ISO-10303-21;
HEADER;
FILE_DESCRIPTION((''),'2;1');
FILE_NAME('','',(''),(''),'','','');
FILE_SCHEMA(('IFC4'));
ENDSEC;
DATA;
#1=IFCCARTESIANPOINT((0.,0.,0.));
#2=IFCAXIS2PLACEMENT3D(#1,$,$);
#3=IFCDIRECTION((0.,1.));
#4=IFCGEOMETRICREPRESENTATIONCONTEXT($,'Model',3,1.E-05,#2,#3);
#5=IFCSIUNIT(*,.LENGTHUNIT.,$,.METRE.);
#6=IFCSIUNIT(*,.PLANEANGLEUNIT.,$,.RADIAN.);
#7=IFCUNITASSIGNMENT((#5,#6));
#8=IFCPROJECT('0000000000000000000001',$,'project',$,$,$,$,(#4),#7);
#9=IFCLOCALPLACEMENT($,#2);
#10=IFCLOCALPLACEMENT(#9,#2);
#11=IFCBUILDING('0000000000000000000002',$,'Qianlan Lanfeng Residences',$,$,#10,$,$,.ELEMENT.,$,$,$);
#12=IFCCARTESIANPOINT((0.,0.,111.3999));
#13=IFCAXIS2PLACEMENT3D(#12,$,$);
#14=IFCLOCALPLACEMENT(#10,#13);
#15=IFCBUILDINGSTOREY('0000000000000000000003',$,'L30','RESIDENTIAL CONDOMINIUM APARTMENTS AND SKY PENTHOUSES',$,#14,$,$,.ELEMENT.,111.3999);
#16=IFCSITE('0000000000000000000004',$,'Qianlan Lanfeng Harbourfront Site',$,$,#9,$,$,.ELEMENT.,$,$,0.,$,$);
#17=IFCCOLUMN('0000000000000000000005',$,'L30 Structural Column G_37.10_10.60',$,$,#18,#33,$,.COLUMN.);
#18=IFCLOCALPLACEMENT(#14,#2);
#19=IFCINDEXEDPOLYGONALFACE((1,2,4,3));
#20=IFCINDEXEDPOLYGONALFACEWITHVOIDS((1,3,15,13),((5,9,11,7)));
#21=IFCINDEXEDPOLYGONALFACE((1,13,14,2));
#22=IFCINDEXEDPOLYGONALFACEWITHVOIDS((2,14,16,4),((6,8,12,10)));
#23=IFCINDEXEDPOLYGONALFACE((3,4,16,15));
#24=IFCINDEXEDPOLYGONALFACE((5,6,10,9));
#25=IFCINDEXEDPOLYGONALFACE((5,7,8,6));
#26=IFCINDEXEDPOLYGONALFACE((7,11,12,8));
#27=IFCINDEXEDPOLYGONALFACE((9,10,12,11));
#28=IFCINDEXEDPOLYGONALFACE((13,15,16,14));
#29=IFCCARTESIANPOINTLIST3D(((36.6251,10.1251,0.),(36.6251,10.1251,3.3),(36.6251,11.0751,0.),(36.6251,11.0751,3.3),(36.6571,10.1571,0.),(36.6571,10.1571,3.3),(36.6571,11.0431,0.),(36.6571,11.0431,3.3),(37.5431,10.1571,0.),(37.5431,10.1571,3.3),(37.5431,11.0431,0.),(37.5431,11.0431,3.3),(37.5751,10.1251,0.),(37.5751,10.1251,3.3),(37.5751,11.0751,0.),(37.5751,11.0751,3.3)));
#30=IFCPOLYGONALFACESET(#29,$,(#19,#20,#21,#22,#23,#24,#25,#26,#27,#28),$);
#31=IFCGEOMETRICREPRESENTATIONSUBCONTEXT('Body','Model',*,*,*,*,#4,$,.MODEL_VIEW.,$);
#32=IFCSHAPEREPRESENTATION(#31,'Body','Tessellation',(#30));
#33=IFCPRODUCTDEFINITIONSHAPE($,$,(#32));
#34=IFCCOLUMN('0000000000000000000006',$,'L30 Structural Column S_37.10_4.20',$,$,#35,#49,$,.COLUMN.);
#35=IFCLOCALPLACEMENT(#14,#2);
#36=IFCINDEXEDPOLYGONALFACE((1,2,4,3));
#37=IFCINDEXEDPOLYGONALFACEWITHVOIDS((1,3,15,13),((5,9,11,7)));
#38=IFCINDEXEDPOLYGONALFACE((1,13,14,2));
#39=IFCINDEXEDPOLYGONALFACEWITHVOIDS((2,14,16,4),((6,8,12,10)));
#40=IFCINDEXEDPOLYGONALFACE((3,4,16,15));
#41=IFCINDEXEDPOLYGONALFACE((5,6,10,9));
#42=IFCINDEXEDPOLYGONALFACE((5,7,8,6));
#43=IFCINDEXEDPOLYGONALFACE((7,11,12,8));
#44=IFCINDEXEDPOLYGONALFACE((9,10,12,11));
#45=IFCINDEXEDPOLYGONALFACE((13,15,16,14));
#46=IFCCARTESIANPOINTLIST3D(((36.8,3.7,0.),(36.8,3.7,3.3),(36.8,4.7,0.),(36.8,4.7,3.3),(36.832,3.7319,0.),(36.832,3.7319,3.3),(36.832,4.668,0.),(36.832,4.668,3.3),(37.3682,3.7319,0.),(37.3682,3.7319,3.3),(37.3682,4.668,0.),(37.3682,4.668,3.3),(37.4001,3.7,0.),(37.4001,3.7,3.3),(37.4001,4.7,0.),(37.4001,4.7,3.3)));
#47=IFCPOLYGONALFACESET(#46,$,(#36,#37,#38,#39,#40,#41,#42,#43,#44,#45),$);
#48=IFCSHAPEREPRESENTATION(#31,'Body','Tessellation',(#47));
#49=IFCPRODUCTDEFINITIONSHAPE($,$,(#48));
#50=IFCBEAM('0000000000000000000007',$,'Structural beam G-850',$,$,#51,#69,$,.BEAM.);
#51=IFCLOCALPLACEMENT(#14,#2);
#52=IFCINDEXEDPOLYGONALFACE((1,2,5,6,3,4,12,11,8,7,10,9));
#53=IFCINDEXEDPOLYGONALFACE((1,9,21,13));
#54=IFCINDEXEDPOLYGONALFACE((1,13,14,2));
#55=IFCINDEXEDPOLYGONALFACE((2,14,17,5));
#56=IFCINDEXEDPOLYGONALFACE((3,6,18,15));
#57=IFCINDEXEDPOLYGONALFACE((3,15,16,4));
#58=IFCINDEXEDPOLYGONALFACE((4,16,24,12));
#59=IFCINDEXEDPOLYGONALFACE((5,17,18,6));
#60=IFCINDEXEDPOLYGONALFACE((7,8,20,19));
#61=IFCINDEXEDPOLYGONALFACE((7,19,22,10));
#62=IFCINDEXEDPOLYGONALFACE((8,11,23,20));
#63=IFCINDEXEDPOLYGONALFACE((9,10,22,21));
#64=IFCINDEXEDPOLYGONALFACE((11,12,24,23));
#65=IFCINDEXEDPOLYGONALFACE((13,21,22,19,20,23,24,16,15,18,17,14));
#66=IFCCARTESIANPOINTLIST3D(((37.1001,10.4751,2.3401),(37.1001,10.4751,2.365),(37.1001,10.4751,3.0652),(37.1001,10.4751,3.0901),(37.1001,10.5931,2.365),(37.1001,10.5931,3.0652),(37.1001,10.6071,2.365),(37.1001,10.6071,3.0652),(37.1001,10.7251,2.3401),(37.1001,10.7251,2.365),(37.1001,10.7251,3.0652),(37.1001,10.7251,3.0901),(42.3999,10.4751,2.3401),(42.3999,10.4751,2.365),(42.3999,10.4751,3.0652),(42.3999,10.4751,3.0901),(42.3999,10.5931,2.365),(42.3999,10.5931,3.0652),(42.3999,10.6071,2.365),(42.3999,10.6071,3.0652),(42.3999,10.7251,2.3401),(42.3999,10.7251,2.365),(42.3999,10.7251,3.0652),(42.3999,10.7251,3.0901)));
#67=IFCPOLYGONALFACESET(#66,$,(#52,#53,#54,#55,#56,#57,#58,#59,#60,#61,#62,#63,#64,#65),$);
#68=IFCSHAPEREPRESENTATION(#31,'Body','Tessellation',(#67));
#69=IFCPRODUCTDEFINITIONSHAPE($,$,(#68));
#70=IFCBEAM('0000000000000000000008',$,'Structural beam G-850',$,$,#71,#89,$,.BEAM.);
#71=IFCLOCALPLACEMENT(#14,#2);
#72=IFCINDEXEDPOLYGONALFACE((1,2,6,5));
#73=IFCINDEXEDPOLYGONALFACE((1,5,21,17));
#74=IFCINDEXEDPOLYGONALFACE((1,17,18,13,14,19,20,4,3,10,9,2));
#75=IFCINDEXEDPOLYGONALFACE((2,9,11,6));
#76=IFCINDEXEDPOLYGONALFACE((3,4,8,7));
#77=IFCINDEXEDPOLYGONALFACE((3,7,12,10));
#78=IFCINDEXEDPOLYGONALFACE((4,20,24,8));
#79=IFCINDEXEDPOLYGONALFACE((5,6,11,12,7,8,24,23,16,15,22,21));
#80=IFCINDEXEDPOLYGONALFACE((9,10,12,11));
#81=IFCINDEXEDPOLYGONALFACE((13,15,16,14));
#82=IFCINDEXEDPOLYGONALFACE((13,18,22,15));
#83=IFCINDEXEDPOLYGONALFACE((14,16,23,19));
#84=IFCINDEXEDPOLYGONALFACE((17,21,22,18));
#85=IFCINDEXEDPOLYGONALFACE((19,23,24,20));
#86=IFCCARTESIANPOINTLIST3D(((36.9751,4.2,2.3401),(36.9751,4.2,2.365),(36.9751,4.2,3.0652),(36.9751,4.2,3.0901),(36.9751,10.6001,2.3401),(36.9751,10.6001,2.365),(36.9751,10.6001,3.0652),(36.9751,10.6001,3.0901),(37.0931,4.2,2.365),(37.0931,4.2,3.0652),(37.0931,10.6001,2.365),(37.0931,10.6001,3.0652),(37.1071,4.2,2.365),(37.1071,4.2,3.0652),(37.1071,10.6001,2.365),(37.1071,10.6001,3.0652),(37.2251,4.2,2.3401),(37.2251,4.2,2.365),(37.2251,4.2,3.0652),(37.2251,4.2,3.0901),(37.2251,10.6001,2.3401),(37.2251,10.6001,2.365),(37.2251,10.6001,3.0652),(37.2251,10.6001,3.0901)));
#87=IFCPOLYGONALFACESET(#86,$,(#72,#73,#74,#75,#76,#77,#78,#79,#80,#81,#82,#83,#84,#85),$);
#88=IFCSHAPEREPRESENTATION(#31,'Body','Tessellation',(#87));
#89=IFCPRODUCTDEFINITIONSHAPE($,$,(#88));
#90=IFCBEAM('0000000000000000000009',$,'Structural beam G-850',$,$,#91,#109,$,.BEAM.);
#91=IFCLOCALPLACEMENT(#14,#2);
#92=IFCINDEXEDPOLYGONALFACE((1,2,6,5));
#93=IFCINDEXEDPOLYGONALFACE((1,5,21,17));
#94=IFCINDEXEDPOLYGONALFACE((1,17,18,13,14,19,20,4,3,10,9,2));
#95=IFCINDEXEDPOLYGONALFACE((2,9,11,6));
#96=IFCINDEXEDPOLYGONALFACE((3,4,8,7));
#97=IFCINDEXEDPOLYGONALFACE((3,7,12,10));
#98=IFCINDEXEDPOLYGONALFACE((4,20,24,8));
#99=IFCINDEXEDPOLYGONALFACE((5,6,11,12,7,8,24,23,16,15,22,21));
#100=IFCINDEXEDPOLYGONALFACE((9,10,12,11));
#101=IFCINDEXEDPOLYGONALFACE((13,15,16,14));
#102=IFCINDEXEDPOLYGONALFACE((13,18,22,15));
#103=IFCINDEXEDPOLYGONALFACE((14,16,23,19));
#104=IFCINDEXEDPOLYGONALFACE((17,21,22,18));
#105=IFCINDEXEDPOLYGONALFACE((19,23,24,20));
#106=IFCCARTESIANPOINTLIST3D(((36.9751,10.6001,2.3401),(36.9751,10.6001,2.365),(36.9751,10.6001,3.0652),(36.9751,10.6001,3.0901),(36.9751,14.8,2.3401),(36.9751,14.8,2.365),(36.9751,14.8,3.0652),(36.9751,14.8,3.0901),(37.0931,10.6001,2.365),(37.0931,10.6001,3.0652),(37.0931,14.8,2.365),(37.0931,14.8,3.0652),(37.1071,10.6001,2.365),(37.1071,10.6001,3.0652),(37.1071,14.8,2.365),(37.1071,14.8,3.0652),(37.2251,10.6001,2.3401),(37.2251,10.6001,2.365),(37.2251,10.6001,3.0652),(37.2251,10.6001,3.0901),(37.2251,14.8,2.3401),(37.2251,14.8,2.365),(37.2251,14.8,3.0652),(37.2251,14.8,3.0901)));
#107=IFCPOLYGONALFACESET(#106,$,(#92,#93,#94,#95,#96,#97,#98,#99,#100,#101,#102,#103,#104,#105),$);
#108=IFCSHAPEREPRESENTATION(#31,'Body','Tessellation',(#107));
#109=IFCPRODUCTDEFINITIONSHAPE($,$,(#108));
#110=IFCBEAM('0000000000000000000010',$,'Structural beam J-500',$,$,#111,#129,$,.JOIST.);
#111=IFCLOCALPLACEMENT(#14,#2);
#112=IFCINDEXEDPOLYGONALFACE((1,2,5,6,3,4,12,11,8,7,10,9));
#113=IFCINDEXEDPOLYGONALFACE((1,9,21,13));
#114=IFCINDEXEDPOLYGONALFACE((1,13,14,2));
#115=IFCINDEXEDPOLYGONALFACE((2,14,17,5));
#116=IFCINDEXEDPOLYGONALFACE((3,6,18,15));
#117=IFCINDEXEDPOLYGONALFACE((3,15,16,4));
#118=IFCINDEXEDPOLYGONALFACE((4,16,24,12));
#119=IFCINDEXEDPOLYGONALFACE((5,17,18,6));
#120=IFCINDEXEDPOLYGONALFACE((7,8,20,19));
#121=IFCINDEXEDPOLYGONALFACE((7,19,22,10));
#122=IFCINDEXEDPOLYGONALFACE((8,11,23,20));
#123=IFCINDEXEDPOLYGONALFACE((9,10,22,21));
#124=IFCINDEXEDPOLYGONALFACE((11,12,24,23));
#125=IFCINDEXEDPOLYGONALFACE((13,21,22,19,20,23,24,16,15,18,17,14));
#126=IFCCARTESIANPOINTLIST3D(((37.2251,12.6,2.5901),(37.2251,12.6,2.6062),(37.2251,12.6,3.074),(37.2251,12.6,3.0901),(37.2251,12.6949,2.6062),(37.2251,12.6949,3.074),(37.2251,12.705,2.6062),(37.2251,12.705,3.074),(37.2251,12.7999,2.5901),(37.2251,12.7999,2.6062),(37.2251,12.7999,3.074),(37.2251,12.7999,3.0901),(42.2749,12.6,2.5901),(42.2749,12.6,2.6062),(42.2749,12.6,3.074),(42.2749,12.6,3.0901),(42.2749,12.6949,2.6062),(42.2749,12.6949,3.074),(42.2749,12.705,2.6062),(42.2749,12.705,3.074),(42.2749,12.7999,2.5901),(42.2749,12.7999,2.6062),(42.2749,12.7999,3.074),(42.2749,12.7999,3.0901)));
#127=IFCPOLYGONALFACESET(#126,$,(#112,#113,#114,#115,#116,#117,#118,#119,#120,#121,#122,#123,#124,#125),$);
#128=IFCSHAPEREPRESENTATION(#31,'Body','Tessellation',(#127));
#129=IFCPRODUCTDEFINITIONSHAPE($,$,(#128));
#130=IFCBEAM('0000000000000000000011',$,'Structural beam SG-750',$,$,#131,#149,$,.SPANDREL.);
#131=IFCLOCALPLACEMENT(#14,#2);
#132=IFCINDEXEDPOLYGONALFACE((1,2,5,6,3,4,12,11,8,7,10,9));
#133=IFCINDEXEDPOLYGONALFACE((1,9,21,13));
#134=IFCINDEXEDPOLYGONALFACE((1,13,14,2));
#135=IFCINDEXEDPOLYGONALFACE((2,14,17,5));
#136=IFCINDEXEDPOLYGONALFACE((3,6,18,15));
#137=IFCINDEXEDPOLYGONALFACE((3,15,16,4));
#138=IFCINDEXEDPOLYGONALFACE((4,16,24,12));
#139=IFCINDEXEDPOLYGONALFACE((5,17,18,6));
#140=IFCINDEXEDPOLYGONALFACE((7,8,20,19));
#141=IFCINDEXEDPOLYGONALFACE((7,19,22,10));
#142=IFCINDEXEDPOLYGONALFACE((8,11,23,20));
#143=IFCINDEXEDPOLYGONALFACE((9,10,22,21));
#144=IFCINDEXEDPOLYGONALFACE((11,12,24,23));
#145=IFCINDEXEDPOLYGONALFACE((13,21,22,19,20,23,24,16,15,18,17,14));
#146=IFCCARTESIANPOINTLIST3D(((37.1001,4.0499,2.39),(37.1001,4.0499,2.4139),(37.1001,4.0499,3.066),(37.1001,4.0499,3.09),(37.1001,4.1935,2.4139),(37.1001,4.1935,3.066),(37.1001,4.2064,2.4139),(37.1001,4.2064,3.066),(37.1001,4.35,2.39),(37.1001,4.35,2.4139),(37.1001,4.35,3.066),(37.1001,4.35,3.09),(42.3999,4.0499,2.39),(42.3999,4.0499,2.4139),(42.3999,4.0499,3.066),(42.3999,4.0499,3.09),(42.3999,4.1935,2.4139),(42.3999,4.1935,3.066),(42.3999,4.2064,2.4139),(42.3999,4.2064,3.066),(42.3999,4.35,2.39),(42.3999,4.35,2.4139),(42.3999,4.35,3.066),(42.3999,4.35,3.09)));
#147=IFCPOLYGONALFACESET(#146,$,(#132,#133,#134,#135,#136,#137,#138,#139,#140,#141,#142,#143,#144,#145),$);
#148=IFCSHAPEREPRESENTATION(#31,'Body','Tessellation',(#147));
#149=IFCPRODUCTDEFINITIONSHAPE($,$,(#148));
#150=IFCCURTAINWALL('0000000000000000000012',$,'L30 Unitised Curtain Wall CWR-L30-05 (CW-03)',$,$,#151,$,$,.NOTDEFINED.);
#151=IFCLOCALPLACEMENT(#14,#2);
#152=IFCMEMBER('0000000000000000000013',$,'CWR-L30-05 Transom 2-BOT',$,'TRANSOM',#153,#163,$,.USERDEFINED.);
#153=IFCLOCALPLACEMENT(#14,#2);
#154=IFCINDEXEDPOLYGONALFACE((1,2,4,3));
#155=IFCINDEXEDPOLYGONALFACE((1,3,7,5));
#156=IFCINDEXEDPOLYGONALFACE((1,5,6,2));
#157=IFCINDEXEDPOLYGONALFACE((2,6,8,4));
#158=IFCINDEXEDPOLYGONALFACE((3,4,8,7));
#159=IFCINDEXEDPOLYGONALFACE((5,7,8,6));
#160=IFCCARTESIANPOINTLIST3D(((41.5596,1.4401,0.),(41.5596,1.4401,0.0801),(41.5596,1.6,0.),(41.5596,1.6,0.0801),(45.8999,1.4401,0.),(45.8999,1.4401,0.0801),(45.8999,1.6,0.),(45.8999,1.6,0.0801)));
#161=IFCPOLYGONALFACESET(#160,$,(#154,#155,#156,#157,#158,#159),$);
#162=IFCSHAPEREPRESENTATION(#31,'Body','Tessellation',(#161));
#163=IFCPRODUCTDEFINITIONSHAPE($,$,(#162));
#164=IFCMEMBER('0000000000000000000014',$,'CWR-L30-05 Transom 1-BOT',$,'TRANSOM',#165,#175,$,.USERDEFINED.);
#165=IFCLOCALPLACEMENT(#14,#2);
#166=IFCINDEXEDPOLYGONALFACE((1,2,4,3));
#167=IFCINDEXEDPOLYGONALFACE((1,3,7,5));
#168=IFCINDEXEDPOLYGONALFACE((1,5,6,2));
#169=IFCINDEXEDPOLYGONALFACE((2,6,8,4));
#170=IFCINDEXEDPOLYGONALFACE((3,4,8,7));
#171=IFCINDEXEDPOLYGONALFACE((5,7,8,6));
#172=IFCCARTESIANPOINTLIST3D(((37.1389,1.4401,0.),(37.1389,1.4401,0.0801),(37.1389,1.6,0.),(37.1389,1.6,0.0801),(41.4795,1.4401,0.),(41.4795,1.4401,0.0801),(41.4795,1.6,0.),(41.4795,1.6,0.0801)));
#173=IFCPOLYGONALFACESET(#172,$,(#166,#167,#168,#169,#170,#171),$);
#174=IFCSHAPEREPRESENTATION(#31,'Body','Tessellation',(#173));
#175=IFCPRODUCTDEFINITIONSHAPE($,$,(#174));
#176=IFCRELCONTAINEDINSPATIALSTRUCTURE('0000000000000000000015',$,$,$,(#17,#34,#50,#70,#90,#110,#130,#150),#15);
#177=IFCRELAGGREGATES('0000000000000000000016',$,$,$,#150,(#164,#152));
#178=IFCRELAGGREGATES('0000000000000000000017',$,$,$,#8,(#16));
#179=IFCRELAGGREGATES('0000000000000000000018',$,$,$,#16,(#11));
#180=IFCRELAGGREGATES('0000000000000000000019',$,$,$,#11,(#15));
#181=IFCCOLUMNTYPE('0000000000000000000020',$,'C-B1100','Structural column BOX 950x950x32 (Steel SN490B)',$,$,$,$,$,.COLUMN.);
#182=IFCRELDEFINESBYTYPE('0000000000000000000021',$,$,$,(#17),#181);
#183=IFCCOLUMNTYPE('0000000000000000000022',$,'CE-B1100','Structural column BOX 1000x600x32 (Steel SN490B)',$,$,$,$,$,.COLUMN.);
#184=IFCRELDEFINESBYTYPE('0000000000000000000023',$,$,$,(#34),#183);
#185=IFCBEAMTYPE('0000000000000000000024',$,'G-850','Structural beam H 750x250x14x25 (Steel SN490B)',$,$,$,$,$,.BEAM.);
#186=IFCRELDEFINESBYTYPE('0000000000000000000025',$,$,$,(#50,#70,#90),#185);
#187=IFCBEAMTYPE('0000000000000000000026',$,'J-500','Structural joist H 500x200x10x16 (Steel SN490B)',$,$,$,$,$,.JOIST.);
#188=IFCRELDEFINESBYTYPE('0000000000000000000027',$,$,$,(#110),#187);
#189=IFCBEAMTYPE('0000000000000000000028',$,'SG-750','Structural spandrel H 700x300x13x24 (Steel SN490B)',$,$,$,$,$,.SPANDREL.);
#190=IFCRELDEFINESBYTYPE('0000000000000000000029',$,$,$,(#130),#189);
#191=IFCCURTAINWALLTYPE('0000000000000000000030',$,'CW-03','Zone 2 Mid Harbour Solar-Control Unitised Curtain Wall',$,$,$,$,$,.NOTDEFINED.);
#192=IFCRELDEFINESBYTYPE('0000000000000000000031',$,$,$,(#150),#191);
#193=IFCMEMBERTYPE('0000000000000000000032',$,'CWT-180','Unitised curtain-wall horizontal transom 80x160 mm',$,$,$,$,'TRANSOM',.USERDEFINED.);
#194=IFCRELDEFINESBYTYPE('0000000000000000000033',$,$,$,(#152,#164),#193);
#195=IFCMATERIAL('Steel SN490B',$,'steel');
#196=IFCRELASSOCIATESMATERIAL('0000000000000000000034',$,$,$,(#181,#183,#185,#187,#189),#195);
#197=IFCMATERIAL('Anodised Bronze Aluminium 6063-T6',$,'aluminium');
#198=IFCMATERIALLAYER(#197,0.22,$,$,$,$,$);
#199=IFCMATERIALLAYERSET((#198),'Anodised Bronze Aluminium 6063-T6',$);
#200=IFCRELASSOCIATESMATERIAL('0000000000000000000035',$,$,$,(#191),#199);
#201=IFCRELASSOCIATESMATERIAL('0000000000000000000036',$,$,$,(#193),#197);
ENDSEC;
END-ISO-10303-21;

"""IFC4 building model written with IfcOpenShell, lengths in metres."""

from ifc_helpers import new_model, si_unit, direction, frame, origin, origin_2d, place, context, subcontext, project, spatial, rectangle, hollow_rectangle, i_section, extrude, source, transform, mapped, material, layer, layer_set, material_profile, profile_set, type_object, element, aggregate, save


model = new_model("IFC4")

# Units and contexts
model_context = context("Model", 3, precision=1e-05, world=origin(), true_north=direction((0.0, 1.0)))
body_context = subcontext(model_context, "Body", "Model", "MODEL_VIEW")
ifc_project = project(units=[si_unit("LENGTHUNIT", "METRE"), si_unit("PLANEANGLEUNIT", "RADIAN")], contexts=[model_context])

# Site, building, storey
site_placement = place(None, origin())
site = spatial("IfcSite", under=ifc_project, at=site_placement, Name="Qianlan Lanfeng Harbourfront Site", CompositionType="ELEMENT", RefElevation=0.0)
building_placement = place(site_placement, origin())
building = spatial("IfcBuilding", under=site, at=building_placement, Name="Qianlan Lanfeng Residences", CompositionType="ELEMENT")
storey_placement = place(building_placement, frame((0.0, 0.0, 111.3999)))
storey = spatial("IfcBuildingStorey", under=building, at=storey_placement, Name="L30", Description="RESIDENTIAL CONDOMINIUM APARTMENTS AND SKY PENTHOUSES", CompositionType="ELEMENT", Elevation=111.3999)

# Columns
ifc_material_1 = material(Name="Steel SN490B", Category="steel")
ifc_material_profile_1 = material_profile(ifc_material_1, hollow_rectangle(XDim=0.95, YDim=0.95, WallThickness=0.032, at=origin_2d()), Name="BOX 950x950x32")
ifc_profile_set_1 = profile_set([ifc_material_profile_1], Name="Steel SN490B")
column_type_1 = type_object("IfcColumnType", Name="C-B1100", Description="Structural column BOX 950x950x32 (Steel SN490B)", PredefinedType="COLUMN", material=ifc_profile_set_1)
column_1_placement = place(storey_placement, frame((37.1001, 10.6001, 0.0), z_axis=(0.0, 0.0, 1.0), x_axis=(1.0, 0.0, 0.0)))
element("IfcColumn", 1, at=column_1_placement, inside=storey, type_object=column_type_1, Name="L30 Structural Column G_37.10_10.60", PredefinedType="COLUMN", context=body_context, shape_type="SweptSolid", body=[
    extrude(hollow_rectangle(XDim=0.95, YDim=0.95, WallThickness=0.032, at=origin_2d()), origin(), (0.0, 0.0, 1.0), 3.3),
])
ifc_material_profile_2 = material_profile(ifc_material_1, hollow_rectangle(XDim=0.6001, YDim=1.0, WallThickness=0.032, at=origin_2d()), Name="BOX 1000x600x32")
ifc_profile_set_2 = profile_set([ifc_material_profile_2], Name="Steel SN490B")
column_type_2 = type_object("IfcColumnType", Name="CE-B1100", Description="Structural column BOX 1000x600x32 (Steel SN490B)", PredefinedType="COLUMN", material=ifc_profile_set_2)
column_2_placement = place(storey_placement, frame((37.1001, 4.2, 0.0), z_axis=(0.0, 0.0, 1.0), x_axis=(1.0, 0.0, 0.0)))
element("IfcColumn", 2, at=column_2_placement, inside=storey, type_object=column_type_2, Name="L30 Structural Column S_37.10_4.20", PredefinedType="COLUMN", context=body_context, shape_type="SweptSolid", body=[
    extrude(hollow_rectangle(XDim=0.6001, YDim=1.0, WallThickness=0.032, at=origin_2d()), origin(), (0.0, 0.0, 1.0), 3.3),
])

# Beams
ifc_material_profile_3 = material_profile(ifc_material_1, i_section(OverallWidth=0.25, OverallDepth=0.75, WebThickness=0.0139, FlangeThickness=0.0249, at=origin_2d()), Name="H 750x250x14x25")
ifc_profile_set_3 = profile_set([ifc_material_profile_3], Name="Steel SN490B")
beam_type_1 = type_object("IfcBeamType", Name="G-850", Description="Structural beam H 750x250x14x25 (Steel SN490B)", PredefinedType="BEAM", material=ifc_profile_set_3)
beam_1_placement = place(storey_placement, frame((37.1001, 10.6001, 2.7151), z_axis=(1.0, 0.0, 0.0), x_axis=(0.0, 1.0, 0.0)))
element("IfcBeam", 3, at=beam_1_placement, inside=storey, type_object=beam_type_1, Name="Structural beam G-850", PredefinedType="BEAM", context=body_context, shape_type="SweptSolid", body=[
    extrude(i_section(OverallWidth=0.25, OverallDepth=0.75, WebThickness=0.0139, FlangeThickness=0.0249, at=origin_2d()), origin(), (0.0, 0.0, 1.0), 5.2998),
])
beam_2_placement = place(storey_placement, frame((37.1001, 4.2, 2.7151), z_axis=(0.0, 1.0, 0.0), x_axis=(-1.0, 0.0, 0.0)))
element("IfcBeam", 4, at=beam_2_placement, inside=storey, type_object=beam_type_1, Name="Structural beam G-850", PredefinedType="BEAM", context=body_context, shape_type="SweptSolid", body=[
    extrude(i_section(OverallWidth=0.25, OverallDepth=0.75, WebThickness=0.0139, FlangeThickness=0.0249, at=origin_2d()), origin(), (0.0, 0.0, 1.0), 6.4001),
])
beam_3_placement = place(storey_placement, frame((37.1001, 10.6001, 2.7151), z_axis=(0.0, 1.0, 0.0), x_axis=(-1.0, 0.0, 0.0)))
element("IfcBeam", 5, at=beam_3_placement, inside=storey, type_object=beam_type_1, Name="Structural beam G-850", PredefinedType="BEAM", context=body_context, shape_type="SweptSolid", body=[
    extrude(i_section(OverallWidth=0.25, OverallDepth=0.75, WebThickness=0.0139, FlangeThickness=0.0249, at=origin_2d()), origin(), (0.0, 0.0, 1.0), 4.2),
])
ifc_material_profile_4 = material_profile(ifc_material_1, i_section(OverallWidth=0.2, OverallDepth=0.5, WebThickness=0.01, FlangeThickness=0.0161, at=origin_2d()), Name="H 500x200x10x16")
ifc_profile_set_4 = profile_set([ifc_material_profile_4], Name="Steel SN490B")
beam_type_2 = type_object("IfcBeamType", Name="J-500", Description="Structural joist H 500x200x10x16 (Steel SN490B)", PredefinedType="JOIST", material=ifc_profile_set_4)
beam_4_placement = place(storey_placement, frame((37.2251, 12.7, 2.8401), z_axis=(1.0, 0.0, 0.0), x_axis=(0.0, 1.0, 0.0)))
element("IfcBeam", 6, at=beam_4_placement, inside=storey, type_object=beam_type_2, Name="Structural beam J-500", PredefinedType="JOIST", context=body_context, shape_type="SweptSolid", body=[
    extrude(i_section(OverallWidth=0.2, OverallDepth=0.5, WebThickness=0.01, FlangeThickness=0.0161, at=origin_2d()), origin(), (0.0, 0.0, 1.0), 5.0498),
])
ifc_material_profile_5 = material_profile(ifc_material_1, i_section(OverallWidth=0.3, OverallDepth=0.7, WebThickness=0.0129, FlangeThickness=0.0239, at=origin_2d()), Name="H 700x300x13x24")
ifc_profile_set_5 = profile_set([ifc_material_profile_5], Name="Steel SN490B")
beam_type_3 = type_object("IfcBeamType", Name="SG-750", Description="Structural spandrel H 700x300x13x24 (Steel SN490B)", PredefinedType="SPANDREL", material=ifc_profile_set_5)
beam_5_placement = place(storey_placement, frame((37.1001, 4.2, 2.74), z_axis=(1.0, 0.0, 0.0), x_axis=(0.0, 1.0, 0.0)))
element("IfcBeam", 7, at=beam_5_placement, inside=storey, type_object=beam_type_3, Name="Structural beam SG-750", PredefinedType="SPANDREL", context=body_context, shape_type="SweptSolid", body=[
    extrude(i_section(OverallWidth=0.3, OverallDepth=0.7, WebThickness=0.0129, FlangeThickness=0.0239, at=origin_2d()), origin(), (0.0, 0.0, 1.0), 5.2998),
])

# Curtain wall, members
ifc_material_2 = material(Name="Anodised Bronze Aluminium 6063-T6", Category="aluminium")
ifc_layer_1 = layer(ifc_material_2, 0.22)
ifc_layer_set_1 = layer_set([ifc_layer_1], Name="Anodised Bronze Aluminium 6063-T6")
curtain_wall_type = type_object("IfcCurtainWallType", Name="CW-03", Description="Zone 2 Mid Harbour Solar-Control Unitised Curtain Wall", PredefinedType="NOTDEFINED", material=ifc_layer_set_1)
curtain_wall_1_placement = place(storey_placement, origin())
curtain_wall_1 = element("IfcCurtainWall", 8, at=curtain_wall_1_placement, inside=storey, type_object=curtain_wall_type, Name="L30 Unitised Curtain Wall CWR-L30-05 (CW-03)", PredefinedType="NOTDEFINED")
ifc_material_profile_6 = material_profile(ifc_material_2, rectangle(XDim=0.0801, YDim=0.1599, at=origin_2d()), Name="ALU TRANSOM 80x160")
ifc_profile_set_6 = profile_set([ifc_material_profile_6], Name="Anodised Bronze Aluminium 6063-T6")
member_type_1 = type_object("IfcMemberType", Name="CWT-180", Description="Unitised curtain-wall horizontal transom 80x160 mm", ElementType="TRANSOM", PredefinedType="USERDEFINED", material=ifc_profile_set_6)
shared_shape_1 = source(origin(), body_context, "Body", "SweptSolid", [
    extrude(rectangle(XDim=0.0801, YDim=0.1599, at=origin_2d()), origin(), (0.0, 0.0, 1.0), 4.3403),
])
member_1_placement = place(storey_placement, frame((41.5596, 1.52, 0.04), z_axis=(1.0, 0.0, 0.0), x_axis=(0.0, 0.0, 1.0)))
member_1 = element("IfcMember", 9, at=member_1_placement, type_object=member_type_1, Name="CWR-L30-05 Transom 2-BOT", ObjectType="TRANSOM", PredefinedType="USERDEFINED", context=body_context, shape_type="MappedRepresentation", body=[
    mapped(shared_shape_1, transform((0.0, 0.0, 0.0), scale=1.0)),
])
shared_shape_2 = source(origin(), body_context, "Body", "SweptSolid", [
    extrude(rectangle(XDim=0.0801, YDim=0.1599, at=origin_2d()), origin(), (0.0, 0.0, 1.0), 4.3406),
])
member_2_placement = place(storey_placement, frame((37.1389, 1.52, 0.04), z_axis=(1.0, 0.0, 0.0), x_axis=(0.0, 0.0, 1.0)))
member_2 = element("IfcMember", 10, at=member_2_placement, type_object=member_type_1, Name="CWR-L30-05 Transom 1-BOT", ObjectType="TRANSOM", PredefinedType="USERDEFINED", context=body_context, shape_type="MappedRepresentation", body=[
    mapped(shared_shape_2, transform((0.0, 0.0, 0.0), scale=1.0)),
])

aggregate(curtain_wall_1, [member_2, member_1])

save(model, "model.ifc")
